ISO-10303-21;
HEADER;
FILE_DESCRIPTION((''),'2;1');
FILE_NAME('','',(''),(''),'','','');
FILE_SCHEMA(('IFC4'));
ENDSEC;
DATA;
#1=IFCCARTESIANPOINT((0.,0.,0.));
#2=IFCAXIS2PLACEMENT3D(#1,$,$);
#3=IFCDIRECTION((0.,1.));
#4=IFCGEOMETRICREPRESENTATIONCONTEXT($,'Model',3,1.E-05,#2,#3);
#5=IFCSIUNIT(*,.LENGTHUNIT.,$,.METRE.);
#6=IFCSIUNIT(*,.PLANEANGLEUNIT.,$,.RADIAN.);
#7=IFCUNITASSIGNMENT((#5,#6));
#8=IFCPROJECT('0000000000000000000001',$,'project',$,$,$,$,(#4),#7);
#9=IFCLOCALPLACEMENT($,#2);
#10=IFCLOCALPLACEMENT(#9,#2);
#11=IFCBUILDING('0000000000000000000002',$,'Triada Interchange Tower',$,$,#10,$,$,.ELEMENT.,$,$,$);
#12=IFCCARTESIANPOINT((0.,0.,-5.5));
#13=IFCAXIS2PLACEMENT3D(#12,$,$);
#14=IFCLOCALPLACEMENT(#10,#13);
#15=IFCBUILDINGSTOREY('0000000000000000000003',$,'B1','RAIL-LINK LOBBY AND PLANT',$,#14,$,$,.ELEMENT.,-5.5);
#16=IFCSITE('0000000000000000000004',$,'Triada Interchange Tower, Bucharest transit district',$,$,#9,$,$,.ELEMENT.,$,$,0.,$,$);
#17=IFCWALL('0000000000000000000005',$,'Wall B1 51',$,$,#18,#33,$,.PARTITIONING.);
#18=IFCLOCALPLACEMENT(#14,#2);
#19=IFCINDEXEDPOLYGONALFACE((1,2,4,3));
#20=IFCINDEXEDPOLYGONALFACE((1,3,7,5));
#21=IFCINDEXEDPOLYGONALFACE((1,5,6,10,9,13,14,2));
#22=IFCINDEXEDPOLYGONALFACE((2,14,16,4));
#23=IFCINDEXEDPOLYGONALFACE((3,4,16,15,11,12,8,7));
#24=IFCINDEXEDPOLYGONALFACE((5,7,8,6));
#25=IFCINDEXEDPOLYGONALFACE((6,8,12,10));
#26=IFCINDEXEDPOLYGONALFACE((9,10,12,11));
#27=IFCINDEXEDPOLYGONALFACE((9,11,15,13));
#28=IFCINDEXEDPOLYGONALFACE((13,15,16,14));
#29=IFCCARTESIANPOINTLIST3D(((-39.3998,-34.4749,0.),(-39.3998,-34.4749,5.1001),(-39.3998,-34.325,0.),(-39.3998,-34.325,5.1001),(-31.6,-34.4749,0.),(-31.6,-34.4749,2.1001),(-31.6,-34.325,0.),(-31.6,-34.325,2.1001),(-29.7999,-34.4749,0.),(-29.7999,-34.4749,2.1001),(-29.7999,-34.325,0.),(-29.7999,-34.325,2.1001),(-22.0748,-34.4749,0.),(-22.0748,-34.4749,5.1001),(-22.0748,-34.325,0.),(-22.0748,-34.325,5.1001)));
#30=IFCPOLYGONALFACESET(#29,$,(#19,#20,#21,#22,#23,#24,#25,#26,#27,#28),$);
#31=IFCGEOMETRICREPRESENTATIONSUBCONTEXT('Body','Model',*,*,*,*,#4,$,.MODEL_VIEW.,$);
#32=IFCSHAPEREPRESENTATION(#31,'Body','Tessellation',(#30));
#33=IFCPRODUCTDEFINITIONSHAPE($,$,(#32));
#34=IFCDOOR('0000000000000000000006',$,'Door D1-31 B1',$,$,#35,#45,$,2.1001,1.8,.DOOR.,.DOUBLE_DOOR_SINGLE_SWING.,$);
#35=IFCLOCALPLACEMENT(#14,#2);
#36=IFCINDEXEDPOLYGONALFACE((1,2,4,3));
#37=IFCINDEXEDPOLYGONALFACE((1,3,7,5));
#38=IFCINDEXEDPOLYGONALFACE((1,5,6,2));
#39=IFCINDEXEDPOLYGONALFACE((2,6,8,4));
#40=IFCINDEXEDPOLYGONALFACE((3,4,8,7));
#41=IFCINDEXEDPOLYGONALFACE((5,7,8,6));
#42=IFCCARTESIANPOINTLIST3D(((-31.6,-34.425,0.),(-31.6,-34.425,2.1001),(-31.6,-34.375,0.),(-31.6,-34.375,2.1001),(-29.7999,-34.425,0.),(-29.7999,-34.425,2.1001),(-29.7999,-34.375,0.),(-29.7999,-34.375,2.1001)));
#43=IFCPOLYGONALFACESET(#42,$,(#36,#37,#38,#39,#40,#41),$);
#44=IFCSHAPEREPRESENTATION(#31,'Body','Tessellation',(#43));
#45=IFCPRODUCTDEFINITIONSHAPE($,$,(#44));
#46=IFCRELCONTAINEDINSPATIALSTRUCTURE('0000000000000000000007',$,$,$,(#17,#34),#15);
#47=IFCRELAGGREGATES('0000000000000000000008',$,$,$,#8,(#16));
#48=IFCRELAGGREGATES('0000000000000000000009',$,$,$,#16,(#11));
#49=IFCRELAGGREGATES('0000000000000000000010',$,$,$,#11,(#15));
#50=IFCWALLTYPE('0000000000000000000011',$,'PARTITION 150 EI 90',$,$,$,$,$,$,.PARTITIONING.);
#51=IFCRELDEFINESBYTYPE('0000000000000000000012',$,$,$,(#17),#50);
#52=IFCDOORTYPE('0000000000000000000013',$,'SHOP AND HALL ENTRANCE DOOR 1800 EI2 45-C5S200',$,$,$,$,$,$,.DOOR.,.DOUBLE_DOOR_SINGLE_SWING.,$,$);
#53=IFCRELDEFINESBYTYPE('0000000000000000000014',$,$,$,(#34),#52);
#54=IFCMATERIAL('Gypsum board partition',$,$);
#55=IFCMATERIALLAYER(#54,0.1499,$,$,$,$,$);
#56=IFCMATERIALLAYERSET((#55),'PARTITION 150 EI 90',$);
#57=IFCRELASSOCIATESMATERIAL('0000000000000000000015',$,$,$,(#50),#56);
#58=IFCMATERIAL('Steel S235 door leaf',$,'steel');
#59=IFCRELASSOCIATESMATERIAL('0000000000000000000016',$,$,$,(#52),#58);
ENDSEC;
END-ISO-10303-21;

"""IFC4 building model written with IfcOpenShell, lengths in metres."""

from ifc_helpers import new_model, si_unit, direction, frame, frame_2d, origin, place, context, subcontext, project, spatial, rectangle, extrude, material, layer, layer_set, type_object, element, fill, save


model = new_model("IFC4")

# Units and contexts
model_context = context("Model", 3, precision=1e-05, world=origin(), true_north=direction((0.0, 1.0)))
body_context = subcontext(model_context, "Body", "Model", "MODEL_VIEW")
ifc_project = project(units=[si_unit("LENGTHUNIT", "METRE"), si_unit("PLANEANGLEUNIT", "RADIAN")], contexts=[model_context])

# Site, building, storey
site_placement = place(None, origin())
site = spatial("IfcSite", under=ifc_project, at=site_placement, Name="Triada Interchange Tower, Bucharest transit district", CompositionType="ELEMENT", RefElevation=0.0)
building_placement = place(site_placement, origin())
building = spatial("IfcBuilding", under=site, at=building_placement, Name="Triada Interchange Tower", CompositionType="ELEMENT")
storey_placement = place(building_placement, frame((0.0, 0.0, -5.5)))
storey = spatial("IfcBuildingStorey", under=building, at=storey_placement, Name="B1", Description="RAIL-LINK LOBBY AND PLANT", CompositionType="ELEMENT", Elevation=-5.5)

# Shared definitions
ifc_material_1 = material(Name="Gypsum board partition")
ifc_material_2 = material(Name="Steel S235 door leaf", Category="steel")

# Wall, opening, door
ifc_layer_1 = layer(ifc_material_1, 0.1499)
ifc_layer_set_1 = layer_set([ifc_layer_1], Name="PARTITION 150 EI 90")
wall_type_1 = type_object("IfcWallType", Name="PARTITION 150 EI 90", PredefinedType="PARTITIONING", material=ifc_layer_set_1)
wall_1_placement = place(storey_placement, frame((-39.3999, -34.3999, 0.0), z_axis=(0.0, 0.0, 1.0), x_axis=(1.0, 0.0, 0.0)))
wall_1 = element("IfcWall", 1, at=wall_1_placement, inside=storey, type_object=wall_type_1, Name="Wall B1 51", PredefinedType="PARTITIONING", context=body_context, shape_type="SweptSolid", body=[
    extrude(rectangle(XDim=17.325, YDim=0.1499, at=frame_2d((8.6626, 0.0))), origin(), (0.0, 0.0, 1.0), 5.1001),
])
opening_1_placement = place(wall_1_placement, frame((7.8, 0.0, 0.0)))
opening_1 = element("IfcOpeningElement", 2, at=opening_1_placement, cuts=wall_1, PredefinedType="OPENING", context=body_context, shape_type="SweptSolid", body=[
    extrude(rectangle(XDim=1.8, YDim=2.1001, at=frame_2d((0.8999, 1.05))), frame((0.0, 0.085, 0.0), z_axis=(0.0, -1.0, 0.0), x_axis=(1.0, 0.0, 0.0)), (0.0, 0.0, 1.0), 0.1699),
])
door_type_1 = type_object("IfcDoorType", Name="SHOP AND HALL ENTRANCE DOOR 1800 EI2 45-C5S200", OperationType="DOUBLE_DOOR_SINGLE_SWING", PredefinedType="DOOR", material=ifc_material_2)
door_1_placement = place(opening_1_placement, origin())
door_1 = element("IfcDoor", 3, at=door_1_placement, inside=storey, type_object=door_type_1, Name="Door D1-31 B1", OperationType="DOUBLE_DOOR_SINGLE_SWING", OverallHeight=2.1001, OverallWidth=1.8, PredefinedType="DOOR", context=body_context, shape_type="SweptSolid", body=[
    extrude(rectangle(XDim=1.8, YDim=2.1001, at=frame_2d((0.8999, 1.05))), frame((0.0, 0.0249, 0.0), z_axis=(0.0, -1.0, 0.0), x_axis=(1.0, 0.0, 0.0)), (0.0, 0.0, 1.0), 0.05),
])
fill(opening_1, door_1)

save(model, "model.ifc")
